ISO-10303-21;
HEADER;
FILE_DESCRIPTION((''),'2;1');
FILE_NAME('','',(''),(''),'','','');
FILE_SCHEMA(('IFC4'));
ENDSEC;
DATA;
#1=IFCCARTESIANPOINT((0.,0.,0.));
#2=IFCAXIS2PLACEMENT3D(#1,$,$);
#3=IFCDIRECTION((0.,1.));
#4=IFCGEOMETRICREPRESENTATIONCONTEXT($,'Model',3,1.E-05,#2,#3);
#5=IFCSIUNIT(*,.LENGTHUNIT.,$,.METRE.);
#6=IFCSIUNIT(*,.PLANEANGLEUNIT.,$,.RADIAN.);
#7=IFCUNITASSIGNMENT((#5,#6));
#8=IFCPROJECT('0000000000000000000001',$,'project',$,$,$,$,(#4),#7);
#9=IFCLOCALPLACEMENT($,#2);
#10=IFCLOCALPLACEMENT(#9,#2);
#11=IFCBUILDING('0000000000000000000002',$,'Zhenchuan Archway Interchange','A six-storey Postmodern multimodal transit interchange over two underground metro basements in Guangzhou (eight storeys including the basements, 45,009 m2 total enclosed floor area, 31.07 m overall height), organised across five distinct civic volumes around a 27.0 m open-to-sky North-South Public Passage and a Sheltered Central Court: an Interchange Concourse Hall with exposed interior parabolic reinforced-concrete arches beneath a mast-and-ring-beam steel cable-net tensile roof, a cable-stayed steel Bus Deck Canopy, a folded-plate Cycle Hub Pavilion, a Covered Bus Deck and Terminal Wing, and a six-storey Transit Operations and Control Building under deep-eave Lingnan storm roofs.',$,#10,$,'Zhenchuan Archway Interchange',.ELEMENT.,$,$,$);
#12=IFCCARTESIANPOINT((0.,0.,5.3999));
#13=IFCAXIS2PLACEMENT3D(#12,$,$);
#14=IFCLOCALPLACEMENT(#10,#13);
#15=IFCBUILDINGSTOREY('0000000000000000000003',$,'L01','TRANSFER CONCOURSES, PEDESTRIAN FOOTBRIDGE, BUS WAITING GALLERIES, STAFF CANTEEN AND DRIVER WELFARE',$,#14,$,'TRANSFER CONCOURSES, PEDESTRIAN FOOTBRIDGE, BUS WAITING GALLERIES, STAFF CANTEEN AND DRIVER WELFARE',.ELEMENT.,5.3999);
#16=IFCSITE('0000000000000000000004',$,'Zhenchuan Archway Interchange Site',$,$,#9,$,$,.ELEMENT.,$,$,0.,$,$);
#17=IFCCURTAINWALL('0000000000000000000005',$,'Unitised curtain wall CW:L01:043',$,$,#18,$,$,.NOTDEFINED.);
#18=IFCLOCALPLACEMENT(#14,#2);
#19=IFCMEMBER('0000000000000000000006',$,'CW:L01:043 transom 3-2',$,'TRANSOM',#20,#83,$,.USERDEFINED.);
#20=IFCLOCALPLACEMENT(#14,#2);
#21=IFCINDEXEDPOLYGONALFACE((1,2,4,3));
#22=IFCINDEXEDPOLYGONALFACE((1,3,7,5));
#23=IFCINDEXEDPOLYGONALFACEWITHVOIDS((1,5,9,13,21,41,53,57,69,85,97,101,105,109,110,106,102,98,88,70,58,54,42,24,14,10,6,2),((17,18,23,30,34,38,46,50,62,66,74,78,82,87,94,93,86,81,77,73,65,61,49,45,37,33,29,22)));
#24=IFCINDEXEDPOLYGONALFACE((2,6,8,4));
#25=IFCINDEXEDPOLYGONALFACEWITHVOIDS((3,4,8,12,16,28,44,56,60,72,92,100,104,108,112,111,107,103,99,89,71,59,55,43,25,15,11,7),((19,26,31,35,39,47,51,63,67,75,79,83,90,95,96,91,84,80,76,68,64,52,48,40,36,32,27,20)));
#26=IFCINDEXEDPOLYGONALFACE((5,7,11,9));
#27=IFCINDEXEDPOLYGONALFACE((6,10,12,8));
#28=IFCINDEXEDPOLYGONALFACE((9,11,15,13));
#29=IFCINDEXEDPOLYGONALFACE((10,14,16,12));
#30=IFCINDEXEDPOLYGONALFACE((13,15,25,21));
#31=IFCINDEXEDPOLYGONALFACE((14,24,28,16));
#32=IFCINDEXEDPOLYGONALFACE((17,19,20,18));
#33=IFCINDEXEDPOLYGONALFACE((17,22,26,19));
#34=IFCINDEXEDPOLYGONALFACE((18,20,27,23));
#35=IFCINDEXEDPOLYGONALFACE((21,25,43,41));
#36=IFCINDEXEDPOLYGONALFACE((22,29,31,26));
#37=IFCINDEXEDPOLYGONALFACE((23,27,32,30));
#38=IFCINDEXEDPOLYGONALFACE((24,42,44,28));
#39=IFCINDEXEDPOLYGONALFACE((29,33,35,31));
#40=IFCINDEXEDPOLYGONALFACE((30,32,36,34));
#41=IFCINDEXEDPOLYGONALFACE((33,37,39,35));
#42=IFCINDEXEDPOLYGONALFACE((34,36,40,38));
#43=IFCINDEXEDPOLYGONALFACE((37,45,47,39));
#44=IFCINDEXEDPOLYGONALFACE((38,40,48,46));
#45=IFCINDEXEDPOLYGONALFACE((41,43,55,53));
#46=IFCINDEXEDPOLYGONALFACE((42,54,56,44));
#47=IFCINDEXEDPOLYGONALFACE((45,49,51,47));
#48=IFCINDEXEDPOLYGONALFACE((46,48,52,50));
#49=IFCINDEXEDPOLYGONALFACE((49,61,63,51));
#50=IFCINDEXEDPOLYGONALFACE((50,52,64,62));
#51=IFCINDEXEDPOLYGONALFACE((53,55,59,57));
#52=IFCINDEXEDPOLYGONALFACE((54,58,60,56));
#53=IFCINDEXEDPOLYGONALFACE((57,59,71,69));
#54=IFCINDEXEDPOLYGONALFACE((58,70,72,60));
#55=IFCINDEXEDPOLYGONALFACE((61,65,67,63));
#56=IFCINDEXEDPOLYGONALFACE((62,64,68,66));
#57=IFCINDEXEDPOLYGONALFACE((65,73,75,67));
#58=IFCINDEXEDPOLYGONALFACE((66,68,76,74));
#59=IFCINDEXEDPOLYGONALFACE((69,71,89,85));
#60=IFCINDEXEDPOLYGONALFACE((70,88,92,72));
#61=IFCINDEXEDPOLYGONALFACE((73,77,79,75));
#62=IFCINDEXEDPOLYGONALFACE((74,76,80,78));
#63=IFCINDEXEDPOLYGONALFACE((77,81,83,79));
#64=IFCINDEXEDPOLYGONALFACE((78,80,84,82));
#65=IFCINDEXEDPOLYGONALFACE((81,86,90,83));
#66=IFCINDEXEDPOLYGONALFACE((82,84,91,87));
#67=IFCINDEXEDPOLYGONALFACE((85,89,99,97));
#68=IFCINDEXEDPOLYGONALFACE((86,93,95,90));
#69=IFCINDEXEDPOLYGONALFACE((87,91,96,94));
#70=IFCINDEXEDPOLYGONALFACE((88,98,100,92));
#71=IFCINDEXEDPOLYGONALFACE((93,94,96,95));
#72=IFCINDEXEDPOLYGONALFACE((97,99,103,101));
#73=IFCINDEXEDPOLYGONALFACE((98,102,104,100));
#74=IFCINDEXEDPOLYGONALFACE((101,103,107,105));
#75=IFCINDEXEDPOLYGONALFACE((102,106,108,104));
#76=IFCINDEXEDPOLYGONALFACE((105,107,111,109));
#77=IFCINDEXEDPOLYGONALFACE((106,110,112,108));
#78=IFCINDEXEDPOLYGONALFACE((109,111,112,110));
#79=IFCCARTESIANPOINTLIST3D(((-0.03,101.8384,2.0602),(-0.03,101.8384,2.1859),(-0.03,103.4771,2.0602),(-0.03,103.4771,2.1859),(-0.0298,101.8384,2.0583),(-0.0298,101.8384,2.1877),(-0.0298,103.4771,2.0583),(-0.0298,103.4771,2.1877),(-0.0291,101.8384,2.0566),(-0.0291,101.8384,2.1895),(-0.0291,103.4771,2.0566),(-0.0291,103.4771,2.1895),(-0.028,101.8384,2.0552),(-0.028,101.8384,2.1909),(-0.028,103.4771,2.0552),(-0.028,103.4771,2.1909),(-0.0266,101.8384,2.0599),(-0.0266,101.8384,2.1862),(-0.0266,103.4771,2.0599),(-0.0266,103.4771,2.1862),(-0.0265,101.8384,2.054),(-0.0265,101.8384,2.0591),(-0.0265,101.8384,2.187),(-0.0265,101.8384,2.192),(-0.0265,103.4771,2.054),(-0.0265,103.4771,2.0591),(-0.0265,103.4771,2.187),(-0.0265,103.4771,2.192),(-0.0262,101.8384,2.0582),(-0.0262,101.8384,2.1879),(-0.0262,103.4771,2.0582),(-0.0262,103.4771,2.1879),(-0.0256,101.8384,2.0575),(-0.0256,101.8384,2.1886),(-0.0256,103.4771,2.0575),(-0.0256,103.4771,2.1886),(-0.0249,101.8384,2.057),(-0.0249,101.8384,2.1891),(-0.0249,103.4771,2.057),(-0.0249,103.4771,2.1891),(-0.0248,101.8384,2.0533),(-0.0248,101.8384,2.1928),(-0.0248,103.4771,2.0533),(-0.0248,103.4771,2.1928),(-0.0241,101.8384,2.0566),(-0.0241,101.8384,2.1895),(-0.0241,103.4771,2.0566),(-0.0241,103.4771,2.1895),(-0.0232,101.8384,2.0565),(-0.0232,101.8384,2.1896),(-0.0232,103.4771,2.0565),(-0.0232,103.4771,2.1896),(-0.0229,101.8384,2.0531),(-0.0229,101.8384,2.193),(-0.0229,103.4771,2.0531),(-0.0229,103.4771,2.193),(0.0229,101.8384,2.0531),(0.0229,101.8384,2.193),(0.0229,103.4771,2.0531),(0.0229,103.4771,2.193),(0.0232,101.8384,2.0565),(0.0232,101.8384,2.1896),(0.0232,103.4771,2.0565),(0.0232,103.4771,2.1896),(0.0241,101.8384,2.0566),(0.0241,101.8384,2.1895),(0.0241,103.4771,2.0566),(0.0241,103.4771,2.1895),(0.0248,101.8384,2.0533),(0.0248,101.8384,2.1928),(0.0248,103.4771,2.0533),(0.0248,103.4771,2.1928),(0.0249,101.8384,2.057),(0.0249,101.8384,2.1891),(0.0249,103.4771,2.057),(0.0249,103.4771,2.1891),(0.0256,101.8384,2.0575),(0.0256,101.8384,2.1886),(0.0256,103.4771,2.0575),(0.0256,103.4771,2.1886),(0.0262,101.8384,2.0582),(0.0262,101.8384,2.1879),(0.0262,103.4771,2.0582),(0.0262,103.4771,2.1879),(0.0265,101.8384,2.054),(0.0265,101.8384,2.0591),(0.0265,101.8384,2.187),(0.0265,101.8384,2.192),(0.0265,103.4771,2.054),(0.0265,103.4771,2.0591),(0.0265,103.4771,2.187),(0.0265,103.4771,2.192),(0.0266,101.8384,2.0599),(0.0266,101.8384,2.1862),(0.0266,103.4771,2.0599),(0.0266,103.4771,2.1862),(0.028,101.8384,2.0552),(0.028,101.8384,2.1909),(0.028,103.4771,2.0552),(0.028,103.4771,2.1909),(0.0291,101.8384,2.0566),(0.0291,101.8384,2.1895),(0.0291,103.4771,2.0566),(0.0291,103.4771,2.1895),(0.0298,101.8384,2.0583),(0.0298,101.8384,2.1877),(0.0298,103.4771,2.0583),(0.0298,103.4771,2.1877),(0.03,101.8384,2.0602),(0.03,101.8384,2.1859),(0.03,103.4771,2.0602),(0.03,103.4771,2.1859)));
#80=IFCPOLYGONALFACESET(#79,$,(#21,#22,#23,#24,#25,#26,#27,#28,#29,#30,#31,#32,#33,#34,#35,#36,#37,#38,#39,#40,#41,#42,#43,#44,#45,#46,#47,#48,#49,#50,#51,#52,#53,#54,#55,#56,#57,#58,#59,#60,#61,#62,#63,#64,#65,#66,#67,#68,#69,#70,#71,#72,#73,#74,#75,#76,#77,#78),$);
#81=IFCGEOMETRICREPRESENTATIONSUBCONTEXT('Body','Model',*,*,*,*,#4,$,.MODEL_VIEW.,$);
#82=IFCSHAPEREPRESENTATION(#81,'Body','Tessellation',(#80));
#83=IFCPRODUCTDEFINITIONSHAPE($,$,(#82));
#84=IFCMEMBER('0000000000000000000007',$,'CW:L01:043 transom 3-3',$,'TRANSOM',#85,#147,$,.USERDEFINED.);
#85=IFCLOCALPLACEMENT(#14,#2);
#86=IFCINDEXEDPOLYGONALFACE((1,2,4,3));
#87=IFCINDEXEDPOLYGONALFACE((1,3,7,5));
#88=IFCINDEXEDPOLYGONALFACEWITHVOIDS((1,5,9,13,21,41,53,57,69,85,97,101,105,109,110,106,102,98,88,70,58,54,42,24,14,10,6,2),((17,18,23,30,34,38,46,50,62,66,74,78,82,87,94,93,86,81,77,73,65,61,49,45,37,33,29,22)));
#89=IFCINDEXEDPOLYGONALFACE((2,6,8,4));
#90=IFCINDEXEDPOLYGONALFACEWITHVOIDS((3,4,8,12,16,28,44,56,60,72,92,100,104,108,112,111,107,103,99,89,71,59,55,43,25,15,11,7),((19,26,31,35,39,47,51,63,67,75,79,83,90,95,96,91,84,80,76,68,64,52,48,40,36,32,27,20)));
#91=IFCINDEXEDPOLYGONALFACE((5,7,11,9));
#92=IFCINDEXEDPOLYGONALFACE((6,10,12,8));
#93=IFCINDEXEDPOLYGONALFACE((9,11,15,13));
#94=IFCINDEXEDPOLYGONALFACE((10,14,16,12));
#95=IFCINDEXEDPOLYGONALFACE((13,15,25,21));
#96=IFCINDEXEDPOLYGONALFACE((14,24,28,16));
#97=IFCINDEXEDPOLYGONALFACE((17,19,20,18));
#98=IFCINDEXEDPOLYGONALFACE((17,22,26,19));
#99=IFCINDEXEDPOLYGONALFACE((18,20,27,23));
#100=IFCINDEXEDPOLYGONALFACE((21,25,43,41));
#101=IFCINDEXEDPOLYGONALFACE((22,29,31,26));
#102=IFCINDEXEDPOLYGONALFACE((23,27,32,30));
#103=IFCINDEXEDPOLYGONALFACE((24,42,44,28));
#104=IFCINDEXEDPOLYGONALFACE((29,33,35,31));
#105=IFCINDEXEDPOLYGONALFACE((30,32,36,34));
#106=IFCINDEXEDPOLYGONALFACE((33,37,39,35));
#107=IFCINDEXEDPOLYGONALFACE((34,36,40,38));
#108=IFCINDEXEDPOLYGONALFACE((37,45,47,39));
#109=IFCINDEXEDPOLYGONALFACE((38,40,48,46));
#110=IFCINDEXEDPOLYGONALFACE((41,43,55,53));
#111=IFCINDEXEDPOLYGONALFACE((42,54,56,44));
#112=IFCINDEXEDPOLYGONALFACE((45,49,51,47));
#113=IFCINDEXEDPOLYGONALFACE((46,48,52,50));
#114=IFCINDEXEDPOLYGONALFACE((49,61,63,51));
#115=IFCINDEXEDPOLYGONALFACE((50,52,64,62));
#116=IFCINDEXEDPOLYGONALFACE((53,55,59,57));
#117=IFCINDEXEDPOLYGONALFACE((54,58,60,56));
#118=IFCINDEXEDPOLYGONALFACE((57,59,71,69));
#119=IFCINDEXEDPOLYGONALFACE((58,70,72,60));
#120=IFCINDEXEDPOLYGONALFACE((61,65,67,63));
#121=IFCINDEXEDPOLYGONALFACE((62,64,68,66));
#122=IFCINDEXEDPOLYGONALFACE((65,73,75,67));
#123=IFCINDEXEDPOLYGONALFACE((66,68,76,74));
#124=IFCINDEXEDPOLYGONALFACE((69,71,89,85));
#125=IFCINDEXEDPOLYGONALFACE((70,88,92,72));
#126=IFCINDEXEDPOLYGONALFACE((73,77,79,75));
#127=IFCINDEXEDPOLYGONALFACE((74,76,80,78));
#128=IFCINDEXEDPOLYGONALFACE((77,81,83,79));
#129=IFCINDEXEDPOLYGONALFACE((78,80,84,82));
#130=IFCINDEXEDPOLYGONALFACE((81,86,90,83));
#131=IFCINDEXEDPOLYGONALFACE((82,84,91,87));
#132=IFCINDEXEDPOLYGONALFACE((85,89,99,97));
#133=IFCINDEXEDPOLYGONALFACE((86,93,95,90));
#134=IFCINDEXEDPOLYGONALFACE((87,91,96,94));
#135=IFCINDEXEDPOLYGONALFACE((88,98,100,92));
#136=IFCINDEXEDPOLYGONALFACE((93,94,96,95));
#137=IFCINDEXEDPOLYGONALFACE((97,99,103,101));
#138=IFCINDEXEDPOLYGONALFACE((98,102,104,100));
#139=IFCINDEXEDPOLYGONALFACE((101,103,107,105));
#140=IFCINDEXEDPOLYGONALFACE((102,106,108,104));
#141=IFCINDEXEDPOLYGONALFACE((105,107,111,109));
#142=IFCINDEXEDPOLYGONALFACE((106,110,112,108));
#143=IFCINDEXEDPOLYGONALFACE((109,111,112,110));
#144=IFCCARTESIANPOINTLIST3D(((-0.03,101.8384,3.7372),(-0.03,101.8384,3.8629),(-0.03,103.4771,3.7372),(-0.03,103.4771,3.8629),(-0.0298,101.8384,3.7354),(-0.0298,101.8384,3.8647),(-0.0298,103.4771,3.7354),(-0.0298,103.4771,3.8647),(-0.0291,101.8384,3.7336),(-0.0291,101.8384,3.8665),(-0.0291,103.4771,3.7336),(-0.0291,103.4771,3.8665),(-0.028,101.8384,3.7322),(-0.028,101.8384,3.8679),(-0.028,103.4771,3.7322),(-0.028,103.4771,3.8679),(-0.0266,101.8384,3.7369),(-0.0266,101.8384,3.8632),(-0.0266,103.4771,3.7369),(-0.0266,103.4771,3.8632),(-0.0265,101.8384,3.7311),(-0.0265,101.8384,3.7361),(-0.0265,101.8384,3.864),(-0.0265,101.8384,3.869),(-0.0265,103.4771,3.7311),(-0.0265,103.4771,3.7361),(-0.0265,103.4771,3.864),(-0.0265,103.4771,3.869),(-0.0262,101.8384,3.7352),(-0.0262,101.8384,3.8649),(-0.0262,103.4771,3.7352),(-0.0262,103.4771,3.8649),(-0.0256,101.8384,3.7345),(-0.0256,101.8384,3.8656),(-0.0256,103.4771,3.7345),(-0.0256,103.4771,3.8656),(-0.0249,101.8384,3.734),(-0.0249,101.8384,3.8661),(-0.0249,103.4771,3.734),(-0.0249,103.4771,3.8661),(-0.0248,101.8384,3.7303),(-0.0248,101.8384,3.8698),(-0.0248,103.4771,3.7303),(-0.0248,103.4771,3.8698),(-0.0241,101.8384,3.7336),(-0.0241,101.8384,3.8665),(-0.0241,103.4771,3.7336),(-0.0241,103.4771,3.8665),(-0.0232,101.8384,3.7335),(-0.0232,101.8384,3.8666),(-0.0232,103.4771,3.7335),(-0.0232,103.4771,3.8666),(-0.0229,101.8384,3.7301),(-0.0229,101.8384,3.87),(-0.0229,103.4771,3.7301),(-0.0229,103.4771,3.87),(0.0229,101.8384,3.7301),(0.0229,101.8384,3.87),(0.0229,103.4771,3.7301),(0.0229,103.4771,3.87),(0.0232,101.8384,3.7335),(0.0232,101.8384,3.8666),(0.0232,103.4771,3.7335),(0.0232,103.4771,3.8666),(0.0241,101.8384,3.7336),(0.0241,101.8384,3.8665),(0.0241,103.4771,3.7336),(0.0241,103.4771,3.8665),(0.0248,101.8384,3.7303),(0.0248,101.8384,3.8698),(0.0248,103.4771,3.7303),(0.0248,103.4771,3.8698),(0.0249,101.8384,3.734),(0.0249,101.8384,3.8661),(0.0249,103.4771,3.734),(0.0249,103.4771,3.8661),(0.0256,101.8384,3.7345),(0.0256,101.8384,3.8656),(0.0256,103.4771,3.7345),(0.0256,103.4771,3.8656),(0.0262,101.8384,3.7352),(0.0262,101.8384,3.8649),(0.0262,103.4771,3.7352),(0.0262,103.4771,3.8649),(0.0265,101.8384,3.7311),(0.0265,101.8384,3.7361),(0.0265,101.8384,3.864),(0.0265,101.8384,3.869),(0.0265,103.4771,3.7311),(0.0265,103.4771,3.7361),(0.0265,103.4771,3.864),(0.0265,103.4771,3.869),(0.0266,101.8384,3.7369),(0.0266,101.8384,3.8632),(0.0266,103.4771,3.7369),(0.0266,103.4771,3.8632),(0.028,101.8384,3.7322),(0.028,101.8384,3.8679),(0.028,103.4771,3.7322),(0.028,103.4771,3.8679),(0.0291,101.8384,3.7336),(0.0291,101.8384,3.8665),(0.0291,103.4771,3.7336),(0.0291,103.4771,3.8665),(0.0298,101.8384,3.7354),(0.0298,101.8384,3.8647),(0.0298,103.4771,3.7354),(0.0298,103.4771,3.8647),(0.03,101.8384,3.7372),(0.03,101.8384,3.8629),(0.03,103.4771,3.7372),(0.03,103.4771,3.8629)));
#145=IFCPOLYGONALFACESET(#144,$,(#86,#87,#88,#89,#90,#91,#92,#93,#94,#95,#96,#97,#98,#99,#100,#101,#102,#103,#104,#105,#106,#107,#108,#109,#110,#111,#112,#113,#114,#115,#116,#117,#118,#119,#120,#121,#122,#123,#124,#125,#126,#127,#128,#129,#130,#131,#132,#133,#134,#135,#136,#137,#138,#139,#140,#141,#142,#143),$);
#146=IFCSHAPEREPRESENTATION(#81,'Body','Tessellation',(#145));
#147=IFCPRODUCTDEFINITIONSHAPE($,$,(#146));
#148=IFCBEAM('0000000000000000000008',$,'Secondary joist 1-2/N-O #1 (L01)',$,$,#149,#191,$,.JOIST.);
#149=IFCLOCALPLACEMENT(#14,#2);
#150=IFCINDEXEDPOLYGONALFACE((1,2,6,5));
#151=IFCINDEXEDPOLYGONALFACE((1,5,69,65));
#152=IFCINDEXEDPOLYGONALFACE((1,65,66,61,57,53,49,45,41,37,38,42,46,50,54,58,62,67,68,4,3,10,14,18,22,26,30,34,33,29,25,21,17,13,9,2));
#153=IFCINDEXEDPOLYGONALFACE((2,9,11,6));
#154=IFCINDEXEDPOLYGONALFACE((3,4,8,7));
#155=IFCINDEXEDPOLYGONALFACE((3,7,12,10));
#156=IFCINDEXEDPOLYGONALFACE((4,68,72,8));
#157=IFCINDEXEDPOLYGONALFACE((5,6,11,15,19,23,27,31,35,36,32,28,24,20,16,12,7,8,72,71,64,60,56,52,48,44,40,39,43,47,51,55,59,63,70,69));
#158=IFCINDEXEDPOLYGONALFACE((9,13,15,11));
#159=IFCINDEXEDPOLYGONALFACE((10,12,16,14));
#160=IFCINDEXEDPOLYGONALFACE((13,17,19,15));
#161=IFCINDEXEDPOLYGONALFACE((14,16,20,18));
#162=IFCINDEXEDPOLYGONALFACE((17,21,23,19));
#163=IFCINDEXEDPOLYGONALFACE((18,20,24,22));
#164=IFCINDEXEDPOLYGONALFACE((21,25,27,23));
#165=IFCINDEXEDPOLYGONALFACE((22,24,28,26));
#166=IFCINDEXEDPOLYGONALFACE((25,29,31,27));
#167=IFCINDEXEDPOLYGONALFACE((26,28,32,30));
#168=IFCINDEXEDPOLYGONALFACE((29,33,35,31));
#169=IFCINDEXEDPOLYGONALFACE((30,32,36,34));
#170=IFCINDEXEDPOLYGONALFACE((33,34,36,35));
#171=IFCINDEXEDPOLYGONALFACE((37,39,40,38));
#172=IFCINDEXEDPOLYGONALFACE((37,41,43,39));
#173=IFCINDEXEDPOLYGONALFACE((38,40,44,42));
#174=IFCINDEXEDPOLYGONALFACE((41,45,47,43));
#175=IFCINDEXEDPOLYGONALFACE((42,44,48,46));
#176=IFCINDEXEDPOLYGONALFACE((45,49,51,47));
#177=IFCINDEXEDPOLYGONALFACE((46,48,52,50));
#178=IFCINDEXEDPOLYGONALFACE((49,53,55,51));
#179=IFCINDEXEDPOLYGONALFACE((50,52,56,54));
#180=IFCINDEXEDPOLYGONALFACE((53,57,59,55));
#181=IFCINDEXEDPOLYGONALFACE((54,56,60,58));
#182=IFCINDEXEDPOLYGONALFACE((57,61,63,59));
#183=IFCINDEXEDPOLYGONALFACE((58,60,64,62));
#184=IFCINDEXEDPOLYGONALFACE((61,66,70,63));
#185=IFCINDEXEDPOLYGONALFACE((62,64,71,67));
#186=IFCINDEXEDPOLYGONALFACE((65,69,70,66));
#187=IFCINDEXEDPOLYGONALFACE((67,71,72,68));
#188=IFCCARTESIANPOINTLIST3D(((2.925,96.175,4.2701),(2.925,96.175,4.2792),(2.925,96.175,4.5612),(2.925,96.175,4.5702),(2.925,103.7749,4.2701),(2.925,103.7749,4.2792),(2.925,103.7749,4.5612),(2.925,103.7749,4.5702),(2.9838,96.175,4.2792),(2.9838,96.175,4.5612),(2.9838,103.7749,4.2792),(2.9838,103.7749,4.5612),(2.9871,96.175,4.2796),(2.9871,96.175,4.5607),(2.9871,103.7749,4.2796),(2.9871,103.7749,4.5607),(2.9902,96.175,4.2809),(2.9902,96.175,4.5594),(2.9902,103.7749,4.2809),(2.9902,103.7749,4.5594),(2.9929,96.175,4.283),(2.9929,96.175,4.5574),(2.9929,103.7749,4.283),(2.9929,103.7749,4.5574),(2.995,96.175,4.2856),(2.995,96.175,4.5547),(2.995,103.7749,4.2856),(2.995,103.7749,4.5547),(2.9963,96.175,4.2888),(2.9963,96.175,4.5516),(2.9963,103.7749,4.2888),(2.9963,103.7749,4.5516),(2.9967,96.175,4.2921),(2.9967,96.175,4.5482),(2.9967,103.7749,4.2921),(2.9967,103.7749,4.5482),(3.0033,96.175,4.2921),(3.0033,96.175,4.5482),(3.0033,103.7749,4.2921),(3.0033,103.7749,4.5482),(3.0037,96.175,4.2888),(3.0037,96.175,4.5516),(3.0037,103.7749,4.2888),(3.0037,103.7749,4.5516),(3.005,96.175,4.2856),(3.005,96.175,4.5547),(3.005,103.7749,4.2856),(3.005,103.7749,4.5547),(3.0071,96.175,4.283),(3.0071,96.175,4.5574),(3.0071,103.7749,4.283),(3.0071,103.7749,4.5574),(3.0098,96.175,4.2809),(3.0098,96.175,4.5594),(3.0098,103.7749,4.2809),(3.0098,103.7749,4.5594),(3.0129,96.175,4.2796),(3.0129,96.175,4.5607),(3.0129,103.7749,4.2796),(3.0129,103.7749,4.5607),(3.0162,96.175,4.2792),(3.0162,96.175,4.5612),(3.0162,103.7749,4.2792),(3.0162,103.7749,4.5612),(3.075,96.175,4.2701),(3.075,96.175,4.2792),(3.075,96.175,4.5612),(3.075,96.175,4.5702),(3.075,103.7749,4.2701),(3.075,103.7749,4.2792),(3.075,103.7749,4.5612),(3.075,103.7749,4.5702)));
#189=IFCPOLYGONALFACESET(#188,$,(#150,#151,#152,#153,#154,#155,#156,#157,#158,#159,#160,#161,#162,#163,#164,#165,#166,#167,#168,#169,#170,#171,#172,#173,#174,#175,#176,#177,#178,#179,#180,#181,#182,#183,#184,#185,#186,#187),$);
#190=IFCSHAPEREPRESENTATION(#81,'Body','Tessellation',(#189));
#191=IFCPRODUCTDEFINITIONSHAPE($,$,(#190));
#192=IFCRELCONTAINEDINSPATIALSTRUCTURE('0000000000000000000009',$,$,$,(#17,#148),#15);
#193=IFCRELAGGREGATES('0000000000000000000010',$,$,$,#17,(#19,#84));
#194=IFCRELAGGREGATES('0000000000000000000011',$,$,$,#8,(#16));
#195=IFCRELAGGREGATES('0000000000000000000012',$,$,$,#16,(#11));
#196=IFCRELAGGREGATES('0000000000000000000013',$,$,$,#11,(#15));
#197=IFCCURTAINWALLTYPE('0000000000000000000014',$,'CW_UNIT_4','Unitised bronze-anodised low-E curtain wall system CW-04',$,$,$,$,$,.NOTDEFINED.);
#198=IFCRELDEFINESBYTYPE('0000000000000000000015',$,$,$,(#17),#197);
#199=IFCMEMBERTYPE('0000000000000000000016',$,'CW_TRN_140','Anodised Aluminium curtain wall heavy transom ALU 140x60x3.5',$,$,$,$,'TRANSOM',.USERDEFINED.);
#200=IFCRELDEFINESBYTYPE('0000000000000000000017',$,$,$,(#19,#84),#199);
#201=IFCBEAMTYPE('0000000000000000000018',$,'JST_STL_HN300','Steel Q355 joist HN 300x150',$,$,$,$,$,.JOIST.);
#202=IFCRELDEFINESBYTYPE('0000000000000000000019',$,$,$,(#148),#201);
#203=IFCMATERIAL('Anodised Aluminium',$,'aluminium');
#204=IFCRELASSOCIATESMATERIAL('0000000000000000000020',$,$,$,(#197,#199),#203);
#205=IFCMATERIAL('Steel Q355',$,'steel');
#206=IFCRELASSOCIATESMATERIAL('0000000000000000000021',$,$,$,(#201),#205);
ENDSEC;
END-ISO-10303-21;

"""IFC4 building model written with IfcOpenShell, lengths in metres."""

from ifc_helpers import new_model, si_unit, direction, frame, origin, origin_2d, place, context, subcontext, project, spatial, hollow_rectangle, i_section, extrude, material, material_profile, profile_set, type_object, element, aggregate, save


model = new_model("IFC4")

# Units and contexts
model_context = context("Model", 3, precision=1e-05, world=origin(), true_north=direction((0.0, 1.0)))
body_context = subcontext(model_context, "Body", "Model", "MODEL_VIEW")
ifc_project = project(units=[si_unit("LENGTHUNIT", "METRE"), si_unit("PLANEANGLEUNIT", "RADIAN")], contexts=[model_context])

# Site, building, storey
site_placement = place(None, origin())
site = spatial("IfcSite", under=ifc_project, at=site_placement, Name="Zhenchuan Archway Interchange Site", CompositionType="ELEMENT", RefElevation=0.0)
building_placement = place(site_placement, origin())
building = spatial("IfcBuilding", under=site, at=building_placement, Name="Zhenchuan Archway Interchange", Description="A six-storey Postmodern multimodal transit interchange over two underground metro basements in Guangzhou (eight storeys including the basements, 45,009 m2 total enclosed floor area, 31.07 m overall height), organised across five distinct civic volumes around a 27.0 m open-to-sky North-South Public Passage and a Sheltered Central Court: an Interchange Concourse Hall with exposed interior parabolic reinforced-concrete arches beneath a mast-and-ring-beam steel cable-net tensile roof, a cable-stayed steel Bus Deck Canopy, a folded-plate Cycle Hub Pavilion, a Covered Bus Deck and Terminal Wing, and a six-storey Transit Operations and Control Building under deep-eave Lingnan storm roofs.", LongName="Zhenchuan Archway Interchange", CompositionType="ELEMENT")
storey_placement = place(building_placement, frame((0.0, 0.0, 5.3999)))
storey = spatial("IfcBuildingStorey", under=building, at=storey_placement, Name="L01", Description="TRANSFER CONCOURSES, PEDESTRIAN FOOTBRIDGE, BUS WAITING GALLERIES, STAFF CANTEEN AND DRIVER WELFARE", LongName="TRANSFER CONCOURSES, PEDESTRIAN FOOTBRIDGE, BUS WAITING GALLERIES, STAFF CANTEEN AND DRIVER WELFARE", CompositionType="ELEMENT", Elevation=5.3999)

# Curtain wall, members
ifc_material_1 = material(Name="Anodised Aluminium", Category="aluminium")
curtain_wall_type = type_object("IfcCurtainWallType", Name="CW_UNIT_4", Description="Unitised bronze-anodised low-E curtain wall system CW-04", PredefinedType="NOTDEFINED", material=ifc_material_1)
curtain_wall_placement = place(storey_placement, origin())
curtain_wall = element("IfcCurtainWall", 1, at=curtain_wall_placement, inside=storey, type_object=curtain_wall_type, Name="Unitised curtain wall CW:L01:043", PredefinedType="NOTDEFINED")
ifc_material_profile_1 = material_profile(ifc_material_1, hollow_rectangle(XDim=0.0601, YDim=0.1399, WallThickness=0.0034, InnerFilletRadius=0.0034, OuterFilletRadius=0.0071, at=origin_2d()), Name="ALU 140x60x3.5")
ifc_profile_set_1 = profile_set([ifc_material_profile_1], Name="Anodised Aluminium")
member_type_1 = type_object("IfcMemberType", Name="CW_TRN_140", Description="Anodised Aluminium curtain wall heavy transom ALU 140x60x3.5", ElementType="TRANSOM", PredefinedType="USERDEFINED", material=ifc_profile_set_1)
member_1_placement = place(storey_placement, frame((0.0, 101.8384, 2.123), z_axis=(0.0, 1.0, 0.0), x_axis=(-1.0, 0.0, 0.0)))
member_1 = element("IfcMember", 2, at=member_1_placement, type_object=member_type_1, Name="CW:L01:043 transom 3-2", ObjectType="TRANSOM", PredefinedType="USERDEFINED", context=body_context, shape_type="SweptSolid", body=[
    extrude(hollow_rectangle(XDim=0.0601, YDim=0.1399, WallThickness=0.0034, InnerFilletRadius=0.0034, OuterFilletRadius=0.0071, at=origin_2d()), origin(), (0.0, 0.0, 1.0), 1.6387),
])
member_2_placement = place(storey_placement, frame((0.0, 101.8384, 3.8), z_axis=(0.0, 1.0, 0.0), x_axis=(-1.0, 0.0, 0.0)))
member_2 = element("IfcMember", 3, at=member_2_placement, type_object=member_type_1, Name="CW:L01:043 transom 3-3", ObjectType="TRANSOM", PredefinedType="USERDEFINED", context=body_context, shape_type="SweptSolid", body=[
    extrude(hollow_rectangle(XDim=0.0601, YDim=0.1399, WallThickness=0.0034, InnerFilletRadius=0.0034, OuterFilletRadius=0.0071, at=origin_2d()), origin(), (0.0, 0.0, 1.0), 1.6387),
])

# Beam
ifc_material_2 = material(Name="Steel Q355", Category="steel")
ifc_material_profile_2 = material_profile(ifc_material_2, i_section(OverallWidth=0.1499, OverallDepth=0.3, WebThickness=0.0066, FlangeThickness=0.009, FilletRadius=0.0129, at=origin_2d()), Name="HN 300x150")
ifc_profile_set_2 = profile_set([ifc_material_profile_2], Name="Steel Q355")
beam_type_1 = type_object("IfcBeamType", Name="JST_STL_HN300", Description="Steel Q355 joist HN 300x150", PredefinedType="JOIST", material=ifc_profile_set_2)
for number, where, z_axis, x_axis, name in (
    (4, (3.0, 96.175, 4.4202), (0.0, 1.0, 0.0), (-1.0, 0.0, 0.0), "Secondary joist 1-2/N-O #1 (L01)"),
):
    element("IfcBeam", number, at=place(storey_placement, frame(where, z_axis=z_axis, x_axis=x_axis)), inside=storey, type_object=beam_type_1, Name=name, PredefinedType="JOIST", context=body_context, shape_type="SweptSolid", body=[
        extrude(i_section(OverallWidth=0.1499, OverallDepth=0.3, WebThickness=0.0066, FlangeThickness=0.009, FilletRadius=0.0129, at=origin_2d()), origin(), (0.0, 0.0, 1.0), 7.5999),
    ])

aggregate(curtain_wall, [member_1, member_2])

save(model, "model.ifc")
